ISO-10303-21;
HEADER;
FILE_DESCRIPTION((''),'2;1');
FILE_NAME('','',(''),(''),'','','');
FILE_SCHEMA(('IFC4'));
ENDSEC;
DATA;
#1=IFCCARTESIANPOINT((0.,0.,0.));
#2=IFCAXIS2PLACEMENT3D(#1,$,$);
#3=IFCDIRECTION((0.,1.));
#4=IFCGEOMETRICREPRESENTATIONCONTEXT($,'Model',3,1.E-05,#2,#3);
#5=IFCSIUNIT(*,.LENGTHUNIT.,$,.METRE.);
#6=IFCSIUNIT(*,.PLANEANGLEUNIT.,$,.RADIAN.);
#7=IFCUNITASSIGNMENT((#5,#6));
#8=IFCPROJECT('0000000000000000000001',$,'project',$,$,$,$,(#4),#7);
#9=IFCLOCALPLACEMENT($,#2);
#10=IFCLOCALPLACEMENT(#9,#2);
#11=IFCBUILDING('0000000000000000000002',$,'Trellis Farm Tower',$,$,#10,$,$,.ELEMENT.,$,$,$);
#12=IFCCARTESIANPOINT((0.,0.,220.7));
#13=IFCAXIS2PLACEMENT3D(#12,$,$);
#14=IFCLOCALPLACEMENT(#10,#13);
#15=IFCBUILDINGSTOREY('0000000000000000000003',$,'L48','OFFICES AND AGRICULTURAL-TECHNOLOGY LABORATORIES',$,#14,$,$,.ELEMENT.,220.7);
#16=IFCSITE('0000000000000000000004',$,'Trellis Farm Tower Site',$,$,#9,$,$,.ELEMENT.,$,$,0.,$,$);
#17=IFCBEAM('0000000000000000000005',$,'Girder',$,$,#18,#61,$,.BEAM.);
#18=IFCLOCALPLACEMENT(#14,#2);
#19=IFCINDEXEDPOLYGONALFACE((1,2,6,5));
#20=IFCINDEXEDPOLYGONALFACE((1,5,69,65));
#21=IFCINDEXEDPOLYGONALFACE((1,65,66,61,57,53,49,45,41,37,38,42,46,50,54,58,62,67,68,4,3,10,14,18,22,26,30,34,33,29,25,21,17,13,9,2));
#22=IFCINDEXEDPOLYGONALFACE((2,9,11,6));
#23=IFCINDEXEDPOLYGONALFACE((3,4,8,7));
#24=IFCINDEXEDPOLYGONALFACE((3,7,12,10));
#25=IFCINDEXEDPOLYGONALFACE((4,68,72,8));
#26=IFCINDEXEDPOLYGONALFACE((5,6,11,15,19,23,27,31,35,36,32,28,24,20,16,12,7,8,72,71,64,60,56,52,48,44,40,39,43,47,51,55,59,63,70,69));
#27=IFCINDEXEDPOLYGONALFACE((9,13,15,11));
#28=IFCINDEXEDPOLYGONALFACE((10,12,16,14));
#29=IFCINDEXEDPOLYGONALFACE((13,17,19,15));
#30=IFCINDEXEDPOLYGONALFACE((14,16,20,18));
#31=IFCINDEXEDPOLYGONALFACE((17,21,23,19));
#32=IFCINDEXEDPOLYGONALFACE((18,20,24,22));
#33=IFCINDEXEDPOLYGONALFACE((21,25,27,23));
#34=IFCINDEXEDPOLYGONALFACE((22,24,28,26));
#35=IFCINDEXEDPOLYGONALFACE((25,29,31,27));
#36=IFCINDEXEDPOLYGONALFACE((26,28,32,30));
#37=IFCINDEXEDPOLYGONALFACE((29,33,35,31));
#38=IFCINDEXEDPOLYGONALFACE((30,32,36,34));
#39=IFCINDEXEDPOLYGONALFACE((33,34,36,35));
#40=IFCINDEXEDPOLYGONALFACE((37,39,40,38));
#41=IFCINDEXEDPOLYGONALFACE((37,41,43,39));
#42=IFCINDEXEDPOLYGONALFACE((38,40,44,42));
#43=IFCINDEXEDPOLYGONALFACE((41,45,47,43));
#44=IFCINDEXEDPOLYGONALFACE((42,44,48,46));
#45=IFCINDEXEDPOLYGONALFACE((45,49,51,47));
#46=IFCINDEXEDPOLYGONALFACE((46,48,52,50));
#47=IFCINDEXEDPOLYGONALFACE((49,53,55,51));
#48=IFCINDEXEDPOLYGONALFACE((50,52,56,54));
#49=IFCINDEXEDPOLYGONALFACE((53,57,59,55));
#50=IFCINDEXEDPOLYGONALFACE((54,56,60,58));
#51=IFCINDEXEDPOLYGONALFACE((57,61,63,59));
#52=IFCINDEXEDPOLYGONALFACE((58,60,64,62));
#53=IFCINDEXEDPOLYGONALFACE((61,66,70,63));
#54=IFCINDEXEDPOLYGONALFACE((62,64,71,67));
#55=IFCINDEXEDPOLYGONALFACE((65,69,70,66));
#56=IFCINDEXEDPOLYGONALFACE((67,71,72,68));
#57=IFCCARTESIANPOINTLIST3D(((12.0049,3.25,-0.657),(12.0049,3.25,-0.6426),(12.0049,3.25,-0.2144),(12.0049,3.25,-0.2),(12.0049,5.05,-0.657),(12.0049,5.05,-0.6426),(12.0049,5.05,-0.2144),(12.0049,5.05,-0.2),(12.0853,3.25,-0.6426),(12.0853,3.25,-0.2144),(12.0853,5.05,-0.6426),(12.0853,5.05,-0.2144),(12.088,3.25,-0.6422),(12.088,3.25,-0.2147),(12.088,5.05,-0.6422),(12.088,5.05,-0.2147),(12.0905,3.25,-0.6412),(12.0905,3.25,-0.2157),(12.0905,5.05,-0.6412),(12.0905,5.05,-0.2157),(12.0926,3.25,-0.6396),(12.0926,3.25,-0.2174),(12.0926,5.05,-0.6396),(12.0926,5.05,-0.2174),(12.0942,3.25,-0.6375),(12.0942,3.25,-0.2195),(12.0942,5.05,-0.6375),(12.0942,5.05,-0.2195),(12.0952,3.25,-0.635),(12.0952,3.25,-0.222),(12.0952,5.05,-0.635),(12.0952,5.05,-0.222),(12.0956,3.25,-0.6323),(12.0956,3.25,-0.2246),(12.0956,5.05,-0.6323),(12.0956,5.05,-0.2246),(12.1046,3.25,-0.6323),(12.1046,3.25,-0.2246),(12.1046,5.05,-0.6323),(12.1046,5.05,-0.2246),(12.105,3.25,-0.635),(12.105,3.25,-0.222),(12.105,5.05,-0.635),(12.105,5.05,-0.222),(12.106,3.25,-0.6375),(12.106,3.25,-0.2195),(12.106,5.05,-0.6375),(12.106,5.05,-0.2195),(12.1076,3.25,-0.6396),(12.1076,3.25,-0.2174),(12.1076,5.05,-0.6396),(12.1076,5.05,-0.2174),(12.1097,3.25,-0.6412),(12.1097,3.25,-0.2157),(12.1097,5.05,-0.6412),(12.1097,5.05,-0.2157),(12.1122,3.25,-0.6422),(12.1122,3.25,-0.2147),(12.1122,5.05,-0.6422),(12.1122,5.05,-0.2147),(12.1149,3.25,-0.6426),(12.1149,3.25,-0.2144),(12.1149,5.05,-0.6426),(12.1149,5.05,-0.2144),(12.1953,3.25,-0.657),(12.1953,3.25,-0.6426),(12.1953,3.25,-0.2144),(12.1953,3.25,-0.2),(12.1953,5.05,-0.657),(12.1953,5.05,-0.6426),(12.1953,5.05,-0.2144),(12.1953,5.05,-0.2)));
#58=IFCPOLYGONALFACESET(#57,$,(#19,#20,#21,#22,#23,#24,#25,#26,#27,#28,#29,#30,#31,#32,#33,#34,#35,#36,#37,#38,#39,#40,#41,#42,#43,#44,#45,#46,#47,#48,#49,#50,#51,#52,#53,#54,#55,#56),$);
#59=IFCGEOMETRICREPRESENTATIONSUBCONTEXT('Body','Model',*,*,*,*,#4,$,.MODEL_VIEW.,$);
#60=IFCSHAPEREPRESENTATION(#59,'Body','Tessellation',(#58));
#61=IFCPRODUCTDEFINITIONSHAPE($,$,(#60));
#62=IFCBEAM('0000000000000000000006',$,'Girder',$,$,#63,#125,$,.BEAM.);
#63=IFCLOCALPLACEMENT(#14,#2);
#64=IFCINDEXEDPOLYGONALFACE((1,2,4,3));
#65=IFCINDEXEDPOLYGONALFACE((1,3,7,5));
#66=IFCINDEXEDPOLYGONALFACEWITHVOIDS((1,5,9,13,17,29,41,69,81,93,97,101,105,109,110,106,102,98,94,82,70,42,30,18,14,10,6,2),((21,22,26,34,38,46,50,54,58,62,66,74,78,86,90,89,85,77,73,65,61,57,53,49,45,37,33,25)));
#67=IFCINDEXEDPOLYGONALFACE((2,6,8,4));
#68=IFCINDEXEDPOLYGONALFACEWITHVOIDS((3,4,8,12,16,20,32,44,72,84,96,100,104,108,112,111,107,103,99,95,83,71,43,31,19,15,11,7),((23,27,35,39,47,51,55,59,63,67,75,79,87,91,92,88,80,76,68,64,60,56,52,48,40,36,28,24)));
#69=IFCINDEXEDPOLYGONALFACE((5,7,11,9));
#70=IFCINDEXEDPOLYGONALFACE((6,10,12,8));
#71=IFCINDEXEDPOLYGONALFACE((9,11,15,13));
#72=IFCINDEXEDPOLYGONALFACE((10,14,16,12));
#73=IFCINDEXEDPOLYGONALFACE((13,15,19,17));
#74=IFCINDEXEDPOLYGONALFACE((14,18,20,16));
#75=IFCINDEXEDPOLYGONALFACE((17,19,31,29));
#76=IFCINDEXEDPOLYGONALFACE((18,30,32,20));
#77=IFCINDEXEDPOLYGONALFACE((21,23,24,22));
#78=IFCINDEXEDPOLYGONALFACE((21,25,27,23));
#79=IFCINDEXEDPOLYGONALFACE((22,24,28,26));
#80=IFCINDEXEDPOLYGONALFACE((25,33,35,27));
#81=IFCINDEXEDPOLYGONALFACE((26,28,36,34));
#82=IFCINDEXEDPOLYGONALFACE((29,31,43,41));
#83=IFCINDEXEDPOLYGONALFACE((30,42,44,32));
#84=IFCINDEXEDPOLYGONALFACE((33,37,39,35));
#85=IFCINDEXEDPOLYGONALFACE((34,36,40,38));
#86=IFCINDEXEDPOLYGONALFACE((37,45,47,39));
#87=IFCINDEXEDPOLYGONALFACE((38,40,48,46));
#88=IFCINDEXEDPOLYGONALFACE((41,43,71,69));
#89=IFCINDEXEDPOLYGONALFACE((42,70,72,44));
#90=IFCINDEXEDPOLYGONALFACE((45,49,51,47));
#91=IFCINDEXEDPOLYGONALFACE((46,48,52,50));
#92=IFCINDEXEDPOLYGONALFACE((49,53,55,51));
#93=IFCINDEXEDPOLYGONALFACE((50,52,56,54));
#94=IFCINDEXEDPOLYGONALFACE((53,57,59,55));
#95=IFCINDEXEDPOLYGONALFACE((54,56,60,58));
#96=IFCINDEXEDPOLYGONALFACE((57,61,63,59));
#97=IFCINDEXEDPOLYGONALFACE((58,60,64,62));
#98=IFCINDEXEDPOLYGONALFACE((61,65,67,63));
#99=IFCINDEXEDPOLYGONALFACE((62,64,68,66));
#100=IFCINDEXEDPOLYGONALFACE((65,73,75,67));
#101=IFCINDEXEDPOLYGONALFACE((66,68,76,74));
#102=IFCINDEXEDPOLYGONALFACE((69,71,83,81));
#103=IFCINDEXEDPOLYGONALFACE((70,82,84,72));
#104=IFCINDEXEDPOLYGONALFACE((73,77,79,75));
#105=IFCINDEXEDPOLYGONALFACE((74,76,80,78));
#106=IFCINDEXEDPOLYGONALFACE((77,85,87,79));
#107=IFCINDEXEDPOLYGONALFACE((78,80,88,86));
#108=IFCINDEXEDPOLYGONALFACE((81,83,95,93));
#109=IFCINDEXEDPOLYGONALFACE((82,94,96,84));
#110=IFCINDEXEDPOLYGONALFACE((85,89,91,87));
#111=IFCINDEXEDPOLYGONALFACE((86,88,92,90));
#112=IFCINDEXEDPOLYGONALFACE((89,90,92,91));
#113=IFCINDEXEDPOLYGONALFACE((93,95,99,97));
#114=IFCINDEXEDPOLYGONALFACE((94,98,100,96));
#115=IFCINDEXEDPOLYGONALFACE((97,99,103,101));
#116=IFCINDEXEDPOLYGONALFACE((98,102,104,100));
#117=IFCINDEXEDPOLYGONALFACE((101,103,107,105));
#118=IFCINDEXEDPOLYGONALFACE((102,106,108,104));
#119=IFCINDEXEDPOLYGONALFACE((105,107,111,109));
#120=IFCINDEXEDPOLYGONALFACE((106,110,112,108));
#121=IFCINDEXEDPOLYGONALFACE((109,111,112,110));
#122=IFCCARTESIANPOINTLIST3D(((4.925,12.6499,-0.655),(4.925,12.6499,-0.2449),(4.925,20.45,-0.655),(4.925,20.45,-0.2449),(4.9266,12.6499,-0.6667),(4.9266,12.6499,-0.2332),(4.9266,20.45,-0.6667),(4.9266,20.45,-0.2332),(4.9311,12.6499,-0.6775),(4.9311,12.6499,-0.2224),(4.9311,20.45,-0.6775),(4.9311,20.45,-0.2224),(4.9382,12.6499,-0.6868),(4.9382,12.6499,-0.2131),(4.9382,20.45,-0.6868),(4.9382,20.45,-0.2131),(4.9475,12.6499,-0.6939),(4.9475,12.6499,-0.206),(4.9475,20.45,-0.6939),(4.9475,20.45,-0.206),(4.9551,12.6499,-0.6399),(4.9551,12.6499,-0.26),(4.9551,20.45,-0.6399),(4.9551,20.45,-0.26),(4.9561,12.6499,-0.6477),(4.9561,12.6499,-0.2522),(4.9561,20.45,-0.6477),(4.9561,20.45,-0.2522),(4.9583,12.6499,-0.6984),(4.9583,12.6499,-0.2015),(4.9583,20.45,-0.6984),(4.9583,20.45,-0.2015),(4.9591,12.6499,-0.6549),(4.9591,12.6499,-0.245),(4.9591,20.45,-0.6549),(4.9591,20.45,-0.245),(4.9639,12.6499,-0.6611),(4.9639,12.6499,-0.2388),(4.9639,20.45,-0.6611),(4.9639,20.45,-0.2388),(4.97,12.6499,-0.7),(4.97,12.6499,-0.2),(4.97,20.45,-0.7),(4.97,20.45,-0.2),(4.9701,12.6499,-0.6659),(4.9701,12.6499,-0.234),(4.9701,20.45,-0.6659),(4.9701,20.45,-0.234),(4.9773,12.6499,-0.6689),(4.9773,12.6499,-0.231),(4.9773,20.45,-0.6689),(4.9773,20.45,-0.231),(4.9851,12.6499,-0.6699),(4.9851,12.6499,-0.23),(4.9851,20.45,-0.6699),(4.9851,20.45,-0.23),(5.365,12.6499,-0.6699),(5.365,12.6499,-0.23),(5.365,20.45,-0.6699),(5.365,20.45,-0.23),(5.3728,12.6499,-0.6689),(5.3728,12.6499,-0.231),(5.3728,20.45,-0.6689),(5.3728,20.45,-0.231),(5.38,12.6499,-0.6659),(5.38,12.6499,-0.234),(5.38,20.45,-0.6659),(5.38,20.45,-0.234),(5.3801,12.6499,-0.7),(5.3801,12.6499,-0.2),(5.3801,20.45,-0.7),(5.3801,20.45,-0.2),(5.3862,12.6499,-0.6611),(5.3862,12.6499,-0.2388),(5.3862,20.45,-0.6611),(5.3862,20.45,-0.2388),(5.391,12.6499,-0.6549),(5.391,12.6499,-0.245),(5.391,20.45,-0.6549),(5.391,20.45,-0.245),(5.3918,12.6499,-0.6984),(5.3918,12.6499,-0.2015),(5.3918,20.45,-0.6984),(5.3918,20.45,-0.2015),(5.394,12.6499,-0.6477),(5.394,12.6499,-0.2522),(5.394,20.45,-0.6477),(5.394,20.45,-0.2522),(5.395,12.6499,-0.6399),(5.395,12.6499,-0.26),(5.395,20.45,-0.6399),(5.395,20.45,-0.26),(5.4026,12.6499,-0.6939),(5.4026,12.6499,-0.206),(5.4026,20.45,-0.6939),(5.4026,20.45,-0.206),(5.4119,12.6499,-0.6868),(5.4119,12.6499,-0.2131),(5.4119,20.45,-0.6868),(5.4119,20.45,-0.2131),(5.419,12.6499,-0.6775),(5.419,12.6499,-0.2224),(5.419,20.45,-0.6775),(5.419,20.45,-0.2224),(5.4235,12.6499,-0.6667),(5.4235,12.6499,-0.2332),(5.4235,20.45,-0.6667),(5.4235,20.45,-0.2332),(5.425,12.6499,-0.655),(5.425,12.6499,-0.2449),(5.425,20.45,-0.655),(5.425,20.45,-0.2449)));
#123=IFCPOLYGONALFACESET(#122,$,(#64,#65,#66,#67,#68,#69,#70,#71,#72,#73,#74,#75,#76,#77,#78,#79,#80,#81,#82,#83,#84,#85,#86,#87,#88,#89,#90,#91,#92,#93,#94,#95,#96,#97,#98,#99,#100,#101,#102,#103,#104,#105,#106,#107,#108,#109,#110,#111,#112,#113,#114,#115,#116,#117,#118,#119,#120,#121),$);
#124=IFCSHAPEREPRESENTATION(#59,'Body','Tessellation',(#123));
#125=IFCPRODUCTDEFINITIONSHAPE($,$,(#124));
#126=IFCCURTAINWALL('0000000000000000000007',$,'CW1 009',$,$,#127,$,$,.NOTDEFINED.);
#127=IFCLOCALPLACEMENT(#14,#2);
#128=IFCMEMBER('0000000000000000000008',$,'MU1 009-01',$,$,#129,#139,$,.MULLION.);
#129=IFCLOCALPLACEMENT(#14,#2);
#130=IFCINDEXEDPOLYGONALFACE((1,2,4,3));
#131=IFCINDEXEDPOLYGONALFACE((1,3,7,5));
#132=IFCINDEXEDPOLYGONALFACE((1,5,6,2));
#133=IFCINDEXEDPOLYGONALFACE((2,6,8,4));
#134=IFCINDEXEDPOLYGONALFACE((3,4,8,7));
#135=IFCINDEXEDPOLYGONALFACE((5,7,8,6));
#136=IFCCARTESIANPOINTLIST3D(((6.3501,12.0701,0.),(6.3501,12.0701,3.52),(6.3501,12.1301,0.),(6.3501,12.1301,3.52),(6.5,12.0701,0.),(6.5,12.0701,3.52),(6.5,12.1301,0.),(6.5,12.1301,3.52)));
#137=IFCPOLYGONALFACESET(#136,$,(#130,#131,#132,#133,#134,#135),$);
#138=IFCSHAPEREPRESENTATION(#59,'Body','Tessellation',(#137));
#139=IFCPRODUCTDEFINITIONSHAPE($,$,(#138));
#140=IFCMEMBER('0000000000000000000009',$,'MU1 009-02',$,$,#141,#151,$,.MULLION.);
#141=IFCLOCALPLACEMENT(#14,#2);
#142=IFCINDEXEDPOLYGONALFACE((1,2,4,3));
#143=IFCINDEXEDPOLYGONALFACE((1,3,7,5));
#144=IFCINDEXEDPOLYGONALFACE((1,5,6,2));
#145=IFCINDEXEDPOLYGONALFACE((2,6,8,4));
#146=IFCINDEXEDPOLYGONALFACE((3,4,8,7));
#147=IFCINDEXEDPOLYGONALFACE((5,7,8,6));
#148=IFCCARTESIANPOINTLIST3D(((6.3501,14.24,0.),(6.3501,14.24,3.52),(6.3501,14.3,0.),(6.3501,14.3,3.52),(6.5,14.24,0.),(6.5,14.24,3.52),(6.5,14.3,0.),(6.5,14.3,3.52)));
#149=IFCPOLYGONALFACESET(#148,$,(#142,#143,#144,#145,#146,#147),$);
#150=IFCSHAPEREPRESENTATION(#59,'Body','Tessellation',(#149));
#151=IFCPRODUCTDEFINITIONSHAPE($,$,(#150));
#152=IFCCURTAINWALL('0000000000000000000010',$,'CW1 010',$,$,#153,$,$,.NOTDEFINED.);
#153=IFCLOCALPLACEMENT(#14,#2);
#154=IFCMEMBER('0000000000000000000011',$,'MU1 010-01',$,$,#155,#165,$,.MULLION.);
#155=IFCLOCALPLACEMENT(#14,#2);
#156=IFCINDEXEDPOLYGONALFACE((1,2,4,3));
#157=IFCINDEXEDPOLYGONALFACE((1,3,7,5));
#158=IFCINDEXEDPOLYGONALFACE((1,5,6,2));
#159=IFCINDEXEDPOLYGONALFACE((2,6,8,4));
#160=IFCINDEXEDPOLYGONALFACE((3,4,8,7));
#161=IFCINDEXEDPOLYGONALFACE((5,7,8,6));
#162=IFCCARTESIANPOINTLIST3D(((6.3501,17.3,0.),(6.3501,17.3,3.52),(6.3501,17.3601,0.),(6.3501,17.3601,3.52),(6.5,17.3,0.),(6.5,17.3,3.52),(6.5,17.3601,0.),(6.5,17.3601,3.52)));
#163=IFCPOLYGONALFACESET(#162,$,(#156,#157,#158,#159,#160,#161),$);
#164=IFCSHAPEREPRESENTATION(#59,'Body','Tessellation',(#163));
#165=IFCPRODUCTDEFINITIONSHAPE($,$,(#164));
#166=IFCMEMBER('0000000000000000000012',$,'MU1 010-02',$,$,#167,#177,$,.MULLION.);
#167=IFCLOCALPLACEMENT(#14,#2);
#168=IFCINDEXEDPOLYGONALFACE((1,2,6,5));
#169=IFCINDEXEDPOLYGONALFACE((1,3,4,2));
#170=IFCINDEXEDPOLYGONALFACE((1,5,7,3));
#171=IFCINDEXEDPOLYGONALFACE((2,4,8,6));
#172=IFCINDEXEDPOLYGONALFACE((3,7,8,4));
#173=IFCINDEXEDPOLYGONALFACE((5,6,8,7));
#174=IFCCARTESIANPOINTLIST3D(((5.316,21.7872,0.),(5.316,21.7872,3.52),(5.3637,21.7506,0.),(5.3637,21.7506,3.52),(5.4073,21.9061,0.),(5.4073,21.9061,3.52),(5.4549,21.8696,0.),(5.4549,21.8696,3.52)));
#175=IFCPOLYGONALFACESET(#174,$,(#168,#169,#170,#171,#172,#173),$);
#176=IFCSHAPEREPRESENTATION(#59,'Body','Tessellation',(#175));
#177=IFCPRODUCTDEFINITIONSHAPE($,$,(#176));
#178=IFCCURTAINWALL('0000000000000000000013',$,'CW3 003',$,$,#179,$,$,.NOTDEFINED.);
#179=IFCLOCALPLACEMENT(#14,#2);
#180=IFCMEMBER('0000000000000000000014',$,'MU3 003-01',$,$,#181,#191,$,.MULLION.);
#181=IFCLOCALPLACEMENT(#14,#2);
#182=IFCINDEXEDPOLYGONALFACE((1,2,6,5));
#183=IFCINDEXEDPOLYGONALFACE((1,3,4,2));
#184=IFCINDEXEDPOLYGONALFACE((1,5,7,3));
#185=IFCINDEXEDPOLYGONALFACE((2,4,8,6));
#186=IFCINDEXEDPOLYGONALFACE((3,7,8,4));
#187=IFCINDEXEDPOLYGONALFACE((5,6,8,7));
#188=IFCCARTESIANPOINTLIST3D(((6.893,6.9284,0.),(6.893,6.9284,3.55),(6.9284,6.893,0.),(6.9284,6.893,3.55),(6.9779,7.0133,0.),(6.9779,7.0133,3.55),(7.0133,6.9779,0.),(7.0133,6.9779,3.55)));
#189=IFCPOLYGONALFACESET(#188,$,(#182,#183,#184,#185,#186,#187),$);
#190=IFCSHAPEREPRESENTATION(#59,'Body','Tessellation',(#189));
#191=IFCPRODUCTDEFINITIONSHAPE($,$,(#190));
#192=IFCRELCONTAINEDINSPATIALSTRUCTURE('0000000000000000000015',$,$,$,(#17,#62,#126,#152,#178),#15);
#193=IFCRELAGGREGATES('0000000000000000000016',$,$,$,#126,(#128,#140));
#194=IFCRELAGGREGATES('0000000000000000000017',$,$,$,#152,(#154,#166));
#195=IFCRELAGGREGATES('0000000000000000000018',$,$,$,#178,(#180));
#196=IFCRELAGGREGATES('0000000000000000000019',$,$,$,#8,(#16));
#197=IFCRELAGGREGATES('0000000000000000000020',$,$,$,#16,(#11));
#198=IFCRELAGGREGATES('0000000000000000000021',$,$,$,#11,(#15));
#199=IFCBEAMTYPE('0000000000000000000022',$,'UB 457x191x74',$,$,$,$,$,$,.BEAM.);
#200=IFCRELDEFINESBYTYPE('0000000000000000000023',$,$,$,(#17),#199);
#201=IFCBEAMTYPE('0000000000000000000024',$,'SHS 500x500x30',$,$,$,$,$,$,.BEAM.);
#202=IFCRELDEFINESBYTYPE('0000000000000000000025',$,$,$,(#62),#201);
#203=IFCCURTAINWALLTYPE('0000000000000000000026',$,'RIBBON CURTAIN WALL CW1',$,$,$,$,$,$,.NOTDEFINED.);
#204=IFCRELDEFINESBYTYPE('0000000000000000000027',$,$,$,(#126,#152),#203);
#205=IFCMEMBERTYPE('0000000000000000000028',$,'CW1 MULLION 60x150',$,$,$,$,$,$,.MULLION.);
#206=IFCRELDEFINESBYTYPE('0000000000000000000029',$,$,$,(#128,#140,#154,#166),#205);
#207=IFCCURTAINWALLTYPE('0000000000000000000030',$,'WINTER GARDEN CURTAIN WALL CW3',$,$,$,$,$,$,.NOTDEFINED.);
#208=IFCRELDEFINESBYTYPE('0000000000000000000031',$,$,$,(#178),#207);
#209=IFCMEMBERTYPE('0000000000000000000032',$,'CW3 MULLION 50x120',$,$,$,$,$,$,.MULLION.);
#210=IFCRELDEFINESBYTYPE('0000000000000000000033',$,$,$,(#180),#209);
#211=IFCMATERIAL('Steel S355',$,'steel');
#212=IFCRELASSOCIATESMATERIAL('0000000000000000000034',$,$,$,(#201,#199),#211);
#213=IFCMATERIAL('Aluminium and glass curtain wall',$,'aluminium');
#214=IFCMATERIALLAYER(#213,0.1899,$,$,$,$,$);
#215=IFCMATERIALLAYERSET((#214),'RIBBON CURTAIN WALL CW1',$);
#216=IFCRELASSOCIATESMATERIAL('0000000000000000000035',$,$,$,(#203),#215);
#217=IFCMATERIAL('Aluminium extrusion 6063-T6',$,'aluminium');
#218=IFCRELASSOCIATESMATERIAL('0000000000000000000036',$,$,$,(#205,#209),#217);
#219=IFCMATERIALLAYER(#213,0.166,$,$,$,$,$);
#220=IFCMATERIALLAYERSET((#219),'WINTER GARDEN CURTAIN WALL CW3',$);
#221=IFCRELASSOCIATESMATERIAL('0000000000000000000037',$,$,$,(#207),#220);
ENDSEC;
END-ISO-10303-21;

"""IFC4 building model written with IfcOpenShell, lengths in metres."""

from ifc_helpers import new_model, si_unit, direction, frame, origin, origin_2d, place, context, subcontext, project, spatial, rectangle, hollow_rectangle, i_section, extrude, source, transform, mapped, material, layer, layer_set, material_profile, profile_set, type_object, element, aggregate, save


model = new_model("IFC4")

# Units and contexts
model_context = context("Model", 3, precision=1e-05, world=origin(), true_north=direction((0.0, 1.0)))
body_context = subcontext(model_context, "Body", "Model", "MODEL_VIEW")
ifc_project = project(units=[si_unit("LENGTHUNIT", "METRE"), si_unit("PLANEANGLEUNIT", "RADIAN")], contexts=[model_context])

# Site, building, storey
site_placement = place(None, origin())
site = spatial("IfcSite", under=ifc_project, at=site_placement, Name="Trellis Farm Tower Site", CompositionType="ELEMENT", RefElevation=0.0)
building_placement = place(site_placement, origin())
building = spatial("IfcBuilding", under=site, at=building_placement, Name="Trellis Farm Tower", CompositionType="ELEMENT")
storey_placement = place(building_placement, frame((0.0, 0.0, 220.7)))
storey = spatial("IfcBuildingStorey", under=building, at=storey_placement, Name="L48", Description="OFFICES AND AGRICULTURAL-TECHNOLOGY LABORATORIES", CompositionType="ELEMENT", Elevation=220.7)

# Beams
ifc_material_1 = material(Name="Steel S355", Category="steel")
ifc_material_profile_1 = material_profile(ifc_material_1, hollow_rectangle(XDim=0.5, YDim=0.5, WallThickness=0.03, InnerFilletRadius=0.03, OuterFilletRadius=0.0449, at=origin_2d()), Name="SHS 500x500x30")
ifc_profile_set_1 = profile_set([ifc_material_profile_1], Name="Steel S355")
beam_type_1 = type_object("IfcBeamType", Name="SHS 500x500x30", PredefinedType="BEAM", material=ifc_profile_set_1)
ifc_material_profile_2 = material_profile(ifc_material_1, i_section(OverallWidth=0.1904, OverallDepth=0.457, WebThickness=0.009, FlangeThickness=0.0144, FilletRadius=0.0103, at=origin_2d()), Name="UB 457x191x74")
ifc_profile_set_2 = profile_set([ifc_material_profile_2], Name="Steel S355")
beam_type_2 = type_object("IfcBeamType", Name="UB 457x191x74", PredefinedType="BEAM", material=ifc_profile_set_2)
shared_shape_1 = source(origin(), body_context, "Body", "SweptSolid", [
    extrude(i_section(OverallWidth=0.1904, OverallDepth=0.457, WebThickness=0.009, FlangeThickness=0.0144, FilletRadius=0.0103, at=origin_2d()), origin(), (0.0, 0.0, 1.0), 1.8),
])
beam_1_placement = place(storey_placement, frame((12.1001, 3.25, -0.4285), z_axis=(0.0, 1.0, 0.0), x_axis=(-1.0, 0.0, 0.0)))
element("IfcBeam", 1, at=beam_1_placement, inside=storey, type_object=beam_type_2, Name="Girder", PredefinedType="BEAM", context=body_context, shape_type="MappedRepresentation", body=[
    mapped(shared_shape_1, transform((0.0, 0.0, 0.0))),
])
shared_shape_2 = source(origin(), body_context, "Body", "SweptSolid", [
    extrude(hollow_rectangle(XDim=0.5, YDim=0.5, WallThickness=0.03, InnerFilletRadius=0.03, OuterFilletRadius=0.0449, at=origin_2d()), origin(), (0.0, 0.0, 1.0), 7.8),
])
beam_2_placement = place(storey_placement, frame((5.175, 12.6499, -0.45), z_axis=(0.0, 1.0, 0.0), x_axis=(-1.0, 0.0, 0.0)))
element("IfcBeam", 2, at=beam_2_placement, inside=storey, type_object=beam_type_1, Name="Girder", PredefinedType="BEAM", context=body_context, shape_type="MappedRepresentation", body=[
    mapped(shared_shape_2, transform((0.0, 0.0, 0.0))),
])

# Curtain walls, members
ifc_material_2 = material(Name="Aluminium and glass curtain wall", Category="aluminium")
ifc_layer_1 = layer(ifc_material_2, 0.1899)
ifc_layer_set_1 = layer_set([ifc_layer_1], Name="RIBBON CURTAIN WALL CW1")
curtain_wall_type_1 = type_object("IfcCurtainWallType", Name="RIBBON CURTAIN WALL CW1", PredefinedType="NOTDEFINED", material=ifc_layer_set_1)
placement = place(storey_placement, origin())
curtain_wall_1 = element("IfcCurtainWall", 3, at=placement, inside=storey, type_object=curtain_wall_type_1, Name="CW1 009", PredefinedType="NOTDEFINED")
ifc_material_3 = material(Name="Aluminium extrusion 6063-T6", Category="aluminium")
ifc_material_profile_3 = material_profile(ifc_material_3, rectangle(XDim=0.0601, YDim=0.1499, at=origin_2d()), Name="MULLION 60x150")
ifc_profile_set_3 = profile_set([ifc_material_profile_3], Name="Aluminium extrusion 6063-T6")
member_type_1 = type_object("IfcMemberType", Name="CW1 MULLION 60x150", PredefinedType="MULLION", material=ifc_profile_set_3)
shared_shape_3 = source(origin(), body_context, "Body", "SweptSolid", [
    extrude(rectangle(XDim=0.0601, YDim=0.1499, at=origin_2d()), origin(), (0.0, 0.0, 1.0), 3.52),
])
member_1_placement = place(storey_placement, frame((6.425, 12.1001, 0.0), z_axis=(0.0, 0.0, 1.0), x_axis=(0.0, 1.0, 0.0)))
member_1 = element("IfcMember", 4, at=member_1_placement, type_object=member_type_1, Name="MU1 009-01", PredefinedType="MULLION", context=body_context, shape_type="MappedRepresentation", body=[
    mapped(shared_shape_3, transform((0.0, 0.0, 0.0))),
])
member_2_placement = place(storey_placement, frame((6.425, 14.27, 0.0), z_axis=(0.0, 0.0, 1.0), x_axis=(0.0, 1.0, 0.0)))
member_2 = element("IfcMember", 5, at=member_2_placement, type_object=member_type_1, Name="MU1 009-02", PredefinedType="MULLION", context=body_context, shape_type="MappedRepresentation", body=[
    mapped(shared_shape_3, transform((0.0, 0.0, 0.0))),
])
aggregate(curtain_wall_1, [member_1, member_2])
curtain_wall_2 = element("IfcCurtainWall", 6, at=placement, inside=storey, type_object=curtain_wall_type_1, Name="CW1 010", PredefinedType="NOTDEFINED")
member_3_placement = place(storey_placement, frame((6.425, 17.3301, 0.0), z_axis=(0.0, 0.0, 1.0), x_axis=(0.0, 1.0, 0.0)))
member_3 = element("IfcMember", 7, at=member_3_placement, type_object=member_type_1, Name="MU1 010-01", PredefinedType="MULLION", context=body_context, shape_type="MappedRepresentation", body=[
    mapped(shared_shape_3, transform((0.0, 0.0, 0.0))),
])
member_4_placement = place(storey_placement, frame((5.3855, 21.8284, 0.0), z_axis=(0.0, 0.0, 1.0), x_axis=(-0.793353, 0.608761, 0.0)))
member_4 = element("IfcMember", 8, at=member_4_placement, type_object=member_type_1, Name="MU1 010-02", PredefinedType="MULLION", context=body_context, shape_type="MappedRepresentation", body=[
    mapped(shared_shape_3, transform((0.0, 0.0, 0.0))),
])
aggregate(curtain_wall_2, [member_3, member_4])

# Curtain wall, member
ifc_layer_2 = layer(ifc_material_2, 0.166)
ifc_layer_set_2 = layer_set([ifc_layer_2], Name="WINTER GARDEN CURTAIN WALL CW3")
curtain_wall_type_2 = type_object("IfcCurtainWallType", Name="WINTER GARDEN CURTAIN WALL CW3", PredefinedType="NOTDEFINED", material=ifc_layer_set_2)
curtain_wall_3 = element("IfcCurtainWall", 9, at=placement, inside=storey, type_object=curtain_wall_type_2, Name="CW3 003", PredefinedType="NOTDEFINED")
ifc_material_profile_4 = material_profile(ifc_material_3, rectangle(XDim=0.05, YDim=0.1201, at=origin_2d()), Name="MULLION 50x120")
ifc_profile_set_4 = profile_set([ifc_material_profile_4], Name="Aluminium extrusion 6063-T6")
member_type_2 = type_object("IfcMemberType", Name="CW3 MULLION 50x120", PredefinedType="MULLION", material=ifc_profile_set_4)
shared_shape_4 = source(origin(), body_context, "Body", "SweptSolid", [
    extrude(rectangle(XDim=0.05, YDim=0.1201, at=origin_2d()), origin(), (0.0, 0.0, 1.0), 3.55),
])
member_5_placement = place(storey_placement, frame((6.9531, 6.9531, 0.0), z_axis=(0.0, 0.0, 1.0), x_axis=(-0.707107, 0.707107, 0.0)))
member_5 = element("IfcMember", 10, at=member_5_placement, type_object=member_type_2, Name="MU3 003-01", PredefinedType="MULLION", context=body_context, shape_type="MappedRepresentation", body=[
    mapped(shared_shape_4, transform((0.0, 0.0, 0.0))),
])
aggregate(curtain_wall_3, [member_5])

save(model, "model.ifc")
